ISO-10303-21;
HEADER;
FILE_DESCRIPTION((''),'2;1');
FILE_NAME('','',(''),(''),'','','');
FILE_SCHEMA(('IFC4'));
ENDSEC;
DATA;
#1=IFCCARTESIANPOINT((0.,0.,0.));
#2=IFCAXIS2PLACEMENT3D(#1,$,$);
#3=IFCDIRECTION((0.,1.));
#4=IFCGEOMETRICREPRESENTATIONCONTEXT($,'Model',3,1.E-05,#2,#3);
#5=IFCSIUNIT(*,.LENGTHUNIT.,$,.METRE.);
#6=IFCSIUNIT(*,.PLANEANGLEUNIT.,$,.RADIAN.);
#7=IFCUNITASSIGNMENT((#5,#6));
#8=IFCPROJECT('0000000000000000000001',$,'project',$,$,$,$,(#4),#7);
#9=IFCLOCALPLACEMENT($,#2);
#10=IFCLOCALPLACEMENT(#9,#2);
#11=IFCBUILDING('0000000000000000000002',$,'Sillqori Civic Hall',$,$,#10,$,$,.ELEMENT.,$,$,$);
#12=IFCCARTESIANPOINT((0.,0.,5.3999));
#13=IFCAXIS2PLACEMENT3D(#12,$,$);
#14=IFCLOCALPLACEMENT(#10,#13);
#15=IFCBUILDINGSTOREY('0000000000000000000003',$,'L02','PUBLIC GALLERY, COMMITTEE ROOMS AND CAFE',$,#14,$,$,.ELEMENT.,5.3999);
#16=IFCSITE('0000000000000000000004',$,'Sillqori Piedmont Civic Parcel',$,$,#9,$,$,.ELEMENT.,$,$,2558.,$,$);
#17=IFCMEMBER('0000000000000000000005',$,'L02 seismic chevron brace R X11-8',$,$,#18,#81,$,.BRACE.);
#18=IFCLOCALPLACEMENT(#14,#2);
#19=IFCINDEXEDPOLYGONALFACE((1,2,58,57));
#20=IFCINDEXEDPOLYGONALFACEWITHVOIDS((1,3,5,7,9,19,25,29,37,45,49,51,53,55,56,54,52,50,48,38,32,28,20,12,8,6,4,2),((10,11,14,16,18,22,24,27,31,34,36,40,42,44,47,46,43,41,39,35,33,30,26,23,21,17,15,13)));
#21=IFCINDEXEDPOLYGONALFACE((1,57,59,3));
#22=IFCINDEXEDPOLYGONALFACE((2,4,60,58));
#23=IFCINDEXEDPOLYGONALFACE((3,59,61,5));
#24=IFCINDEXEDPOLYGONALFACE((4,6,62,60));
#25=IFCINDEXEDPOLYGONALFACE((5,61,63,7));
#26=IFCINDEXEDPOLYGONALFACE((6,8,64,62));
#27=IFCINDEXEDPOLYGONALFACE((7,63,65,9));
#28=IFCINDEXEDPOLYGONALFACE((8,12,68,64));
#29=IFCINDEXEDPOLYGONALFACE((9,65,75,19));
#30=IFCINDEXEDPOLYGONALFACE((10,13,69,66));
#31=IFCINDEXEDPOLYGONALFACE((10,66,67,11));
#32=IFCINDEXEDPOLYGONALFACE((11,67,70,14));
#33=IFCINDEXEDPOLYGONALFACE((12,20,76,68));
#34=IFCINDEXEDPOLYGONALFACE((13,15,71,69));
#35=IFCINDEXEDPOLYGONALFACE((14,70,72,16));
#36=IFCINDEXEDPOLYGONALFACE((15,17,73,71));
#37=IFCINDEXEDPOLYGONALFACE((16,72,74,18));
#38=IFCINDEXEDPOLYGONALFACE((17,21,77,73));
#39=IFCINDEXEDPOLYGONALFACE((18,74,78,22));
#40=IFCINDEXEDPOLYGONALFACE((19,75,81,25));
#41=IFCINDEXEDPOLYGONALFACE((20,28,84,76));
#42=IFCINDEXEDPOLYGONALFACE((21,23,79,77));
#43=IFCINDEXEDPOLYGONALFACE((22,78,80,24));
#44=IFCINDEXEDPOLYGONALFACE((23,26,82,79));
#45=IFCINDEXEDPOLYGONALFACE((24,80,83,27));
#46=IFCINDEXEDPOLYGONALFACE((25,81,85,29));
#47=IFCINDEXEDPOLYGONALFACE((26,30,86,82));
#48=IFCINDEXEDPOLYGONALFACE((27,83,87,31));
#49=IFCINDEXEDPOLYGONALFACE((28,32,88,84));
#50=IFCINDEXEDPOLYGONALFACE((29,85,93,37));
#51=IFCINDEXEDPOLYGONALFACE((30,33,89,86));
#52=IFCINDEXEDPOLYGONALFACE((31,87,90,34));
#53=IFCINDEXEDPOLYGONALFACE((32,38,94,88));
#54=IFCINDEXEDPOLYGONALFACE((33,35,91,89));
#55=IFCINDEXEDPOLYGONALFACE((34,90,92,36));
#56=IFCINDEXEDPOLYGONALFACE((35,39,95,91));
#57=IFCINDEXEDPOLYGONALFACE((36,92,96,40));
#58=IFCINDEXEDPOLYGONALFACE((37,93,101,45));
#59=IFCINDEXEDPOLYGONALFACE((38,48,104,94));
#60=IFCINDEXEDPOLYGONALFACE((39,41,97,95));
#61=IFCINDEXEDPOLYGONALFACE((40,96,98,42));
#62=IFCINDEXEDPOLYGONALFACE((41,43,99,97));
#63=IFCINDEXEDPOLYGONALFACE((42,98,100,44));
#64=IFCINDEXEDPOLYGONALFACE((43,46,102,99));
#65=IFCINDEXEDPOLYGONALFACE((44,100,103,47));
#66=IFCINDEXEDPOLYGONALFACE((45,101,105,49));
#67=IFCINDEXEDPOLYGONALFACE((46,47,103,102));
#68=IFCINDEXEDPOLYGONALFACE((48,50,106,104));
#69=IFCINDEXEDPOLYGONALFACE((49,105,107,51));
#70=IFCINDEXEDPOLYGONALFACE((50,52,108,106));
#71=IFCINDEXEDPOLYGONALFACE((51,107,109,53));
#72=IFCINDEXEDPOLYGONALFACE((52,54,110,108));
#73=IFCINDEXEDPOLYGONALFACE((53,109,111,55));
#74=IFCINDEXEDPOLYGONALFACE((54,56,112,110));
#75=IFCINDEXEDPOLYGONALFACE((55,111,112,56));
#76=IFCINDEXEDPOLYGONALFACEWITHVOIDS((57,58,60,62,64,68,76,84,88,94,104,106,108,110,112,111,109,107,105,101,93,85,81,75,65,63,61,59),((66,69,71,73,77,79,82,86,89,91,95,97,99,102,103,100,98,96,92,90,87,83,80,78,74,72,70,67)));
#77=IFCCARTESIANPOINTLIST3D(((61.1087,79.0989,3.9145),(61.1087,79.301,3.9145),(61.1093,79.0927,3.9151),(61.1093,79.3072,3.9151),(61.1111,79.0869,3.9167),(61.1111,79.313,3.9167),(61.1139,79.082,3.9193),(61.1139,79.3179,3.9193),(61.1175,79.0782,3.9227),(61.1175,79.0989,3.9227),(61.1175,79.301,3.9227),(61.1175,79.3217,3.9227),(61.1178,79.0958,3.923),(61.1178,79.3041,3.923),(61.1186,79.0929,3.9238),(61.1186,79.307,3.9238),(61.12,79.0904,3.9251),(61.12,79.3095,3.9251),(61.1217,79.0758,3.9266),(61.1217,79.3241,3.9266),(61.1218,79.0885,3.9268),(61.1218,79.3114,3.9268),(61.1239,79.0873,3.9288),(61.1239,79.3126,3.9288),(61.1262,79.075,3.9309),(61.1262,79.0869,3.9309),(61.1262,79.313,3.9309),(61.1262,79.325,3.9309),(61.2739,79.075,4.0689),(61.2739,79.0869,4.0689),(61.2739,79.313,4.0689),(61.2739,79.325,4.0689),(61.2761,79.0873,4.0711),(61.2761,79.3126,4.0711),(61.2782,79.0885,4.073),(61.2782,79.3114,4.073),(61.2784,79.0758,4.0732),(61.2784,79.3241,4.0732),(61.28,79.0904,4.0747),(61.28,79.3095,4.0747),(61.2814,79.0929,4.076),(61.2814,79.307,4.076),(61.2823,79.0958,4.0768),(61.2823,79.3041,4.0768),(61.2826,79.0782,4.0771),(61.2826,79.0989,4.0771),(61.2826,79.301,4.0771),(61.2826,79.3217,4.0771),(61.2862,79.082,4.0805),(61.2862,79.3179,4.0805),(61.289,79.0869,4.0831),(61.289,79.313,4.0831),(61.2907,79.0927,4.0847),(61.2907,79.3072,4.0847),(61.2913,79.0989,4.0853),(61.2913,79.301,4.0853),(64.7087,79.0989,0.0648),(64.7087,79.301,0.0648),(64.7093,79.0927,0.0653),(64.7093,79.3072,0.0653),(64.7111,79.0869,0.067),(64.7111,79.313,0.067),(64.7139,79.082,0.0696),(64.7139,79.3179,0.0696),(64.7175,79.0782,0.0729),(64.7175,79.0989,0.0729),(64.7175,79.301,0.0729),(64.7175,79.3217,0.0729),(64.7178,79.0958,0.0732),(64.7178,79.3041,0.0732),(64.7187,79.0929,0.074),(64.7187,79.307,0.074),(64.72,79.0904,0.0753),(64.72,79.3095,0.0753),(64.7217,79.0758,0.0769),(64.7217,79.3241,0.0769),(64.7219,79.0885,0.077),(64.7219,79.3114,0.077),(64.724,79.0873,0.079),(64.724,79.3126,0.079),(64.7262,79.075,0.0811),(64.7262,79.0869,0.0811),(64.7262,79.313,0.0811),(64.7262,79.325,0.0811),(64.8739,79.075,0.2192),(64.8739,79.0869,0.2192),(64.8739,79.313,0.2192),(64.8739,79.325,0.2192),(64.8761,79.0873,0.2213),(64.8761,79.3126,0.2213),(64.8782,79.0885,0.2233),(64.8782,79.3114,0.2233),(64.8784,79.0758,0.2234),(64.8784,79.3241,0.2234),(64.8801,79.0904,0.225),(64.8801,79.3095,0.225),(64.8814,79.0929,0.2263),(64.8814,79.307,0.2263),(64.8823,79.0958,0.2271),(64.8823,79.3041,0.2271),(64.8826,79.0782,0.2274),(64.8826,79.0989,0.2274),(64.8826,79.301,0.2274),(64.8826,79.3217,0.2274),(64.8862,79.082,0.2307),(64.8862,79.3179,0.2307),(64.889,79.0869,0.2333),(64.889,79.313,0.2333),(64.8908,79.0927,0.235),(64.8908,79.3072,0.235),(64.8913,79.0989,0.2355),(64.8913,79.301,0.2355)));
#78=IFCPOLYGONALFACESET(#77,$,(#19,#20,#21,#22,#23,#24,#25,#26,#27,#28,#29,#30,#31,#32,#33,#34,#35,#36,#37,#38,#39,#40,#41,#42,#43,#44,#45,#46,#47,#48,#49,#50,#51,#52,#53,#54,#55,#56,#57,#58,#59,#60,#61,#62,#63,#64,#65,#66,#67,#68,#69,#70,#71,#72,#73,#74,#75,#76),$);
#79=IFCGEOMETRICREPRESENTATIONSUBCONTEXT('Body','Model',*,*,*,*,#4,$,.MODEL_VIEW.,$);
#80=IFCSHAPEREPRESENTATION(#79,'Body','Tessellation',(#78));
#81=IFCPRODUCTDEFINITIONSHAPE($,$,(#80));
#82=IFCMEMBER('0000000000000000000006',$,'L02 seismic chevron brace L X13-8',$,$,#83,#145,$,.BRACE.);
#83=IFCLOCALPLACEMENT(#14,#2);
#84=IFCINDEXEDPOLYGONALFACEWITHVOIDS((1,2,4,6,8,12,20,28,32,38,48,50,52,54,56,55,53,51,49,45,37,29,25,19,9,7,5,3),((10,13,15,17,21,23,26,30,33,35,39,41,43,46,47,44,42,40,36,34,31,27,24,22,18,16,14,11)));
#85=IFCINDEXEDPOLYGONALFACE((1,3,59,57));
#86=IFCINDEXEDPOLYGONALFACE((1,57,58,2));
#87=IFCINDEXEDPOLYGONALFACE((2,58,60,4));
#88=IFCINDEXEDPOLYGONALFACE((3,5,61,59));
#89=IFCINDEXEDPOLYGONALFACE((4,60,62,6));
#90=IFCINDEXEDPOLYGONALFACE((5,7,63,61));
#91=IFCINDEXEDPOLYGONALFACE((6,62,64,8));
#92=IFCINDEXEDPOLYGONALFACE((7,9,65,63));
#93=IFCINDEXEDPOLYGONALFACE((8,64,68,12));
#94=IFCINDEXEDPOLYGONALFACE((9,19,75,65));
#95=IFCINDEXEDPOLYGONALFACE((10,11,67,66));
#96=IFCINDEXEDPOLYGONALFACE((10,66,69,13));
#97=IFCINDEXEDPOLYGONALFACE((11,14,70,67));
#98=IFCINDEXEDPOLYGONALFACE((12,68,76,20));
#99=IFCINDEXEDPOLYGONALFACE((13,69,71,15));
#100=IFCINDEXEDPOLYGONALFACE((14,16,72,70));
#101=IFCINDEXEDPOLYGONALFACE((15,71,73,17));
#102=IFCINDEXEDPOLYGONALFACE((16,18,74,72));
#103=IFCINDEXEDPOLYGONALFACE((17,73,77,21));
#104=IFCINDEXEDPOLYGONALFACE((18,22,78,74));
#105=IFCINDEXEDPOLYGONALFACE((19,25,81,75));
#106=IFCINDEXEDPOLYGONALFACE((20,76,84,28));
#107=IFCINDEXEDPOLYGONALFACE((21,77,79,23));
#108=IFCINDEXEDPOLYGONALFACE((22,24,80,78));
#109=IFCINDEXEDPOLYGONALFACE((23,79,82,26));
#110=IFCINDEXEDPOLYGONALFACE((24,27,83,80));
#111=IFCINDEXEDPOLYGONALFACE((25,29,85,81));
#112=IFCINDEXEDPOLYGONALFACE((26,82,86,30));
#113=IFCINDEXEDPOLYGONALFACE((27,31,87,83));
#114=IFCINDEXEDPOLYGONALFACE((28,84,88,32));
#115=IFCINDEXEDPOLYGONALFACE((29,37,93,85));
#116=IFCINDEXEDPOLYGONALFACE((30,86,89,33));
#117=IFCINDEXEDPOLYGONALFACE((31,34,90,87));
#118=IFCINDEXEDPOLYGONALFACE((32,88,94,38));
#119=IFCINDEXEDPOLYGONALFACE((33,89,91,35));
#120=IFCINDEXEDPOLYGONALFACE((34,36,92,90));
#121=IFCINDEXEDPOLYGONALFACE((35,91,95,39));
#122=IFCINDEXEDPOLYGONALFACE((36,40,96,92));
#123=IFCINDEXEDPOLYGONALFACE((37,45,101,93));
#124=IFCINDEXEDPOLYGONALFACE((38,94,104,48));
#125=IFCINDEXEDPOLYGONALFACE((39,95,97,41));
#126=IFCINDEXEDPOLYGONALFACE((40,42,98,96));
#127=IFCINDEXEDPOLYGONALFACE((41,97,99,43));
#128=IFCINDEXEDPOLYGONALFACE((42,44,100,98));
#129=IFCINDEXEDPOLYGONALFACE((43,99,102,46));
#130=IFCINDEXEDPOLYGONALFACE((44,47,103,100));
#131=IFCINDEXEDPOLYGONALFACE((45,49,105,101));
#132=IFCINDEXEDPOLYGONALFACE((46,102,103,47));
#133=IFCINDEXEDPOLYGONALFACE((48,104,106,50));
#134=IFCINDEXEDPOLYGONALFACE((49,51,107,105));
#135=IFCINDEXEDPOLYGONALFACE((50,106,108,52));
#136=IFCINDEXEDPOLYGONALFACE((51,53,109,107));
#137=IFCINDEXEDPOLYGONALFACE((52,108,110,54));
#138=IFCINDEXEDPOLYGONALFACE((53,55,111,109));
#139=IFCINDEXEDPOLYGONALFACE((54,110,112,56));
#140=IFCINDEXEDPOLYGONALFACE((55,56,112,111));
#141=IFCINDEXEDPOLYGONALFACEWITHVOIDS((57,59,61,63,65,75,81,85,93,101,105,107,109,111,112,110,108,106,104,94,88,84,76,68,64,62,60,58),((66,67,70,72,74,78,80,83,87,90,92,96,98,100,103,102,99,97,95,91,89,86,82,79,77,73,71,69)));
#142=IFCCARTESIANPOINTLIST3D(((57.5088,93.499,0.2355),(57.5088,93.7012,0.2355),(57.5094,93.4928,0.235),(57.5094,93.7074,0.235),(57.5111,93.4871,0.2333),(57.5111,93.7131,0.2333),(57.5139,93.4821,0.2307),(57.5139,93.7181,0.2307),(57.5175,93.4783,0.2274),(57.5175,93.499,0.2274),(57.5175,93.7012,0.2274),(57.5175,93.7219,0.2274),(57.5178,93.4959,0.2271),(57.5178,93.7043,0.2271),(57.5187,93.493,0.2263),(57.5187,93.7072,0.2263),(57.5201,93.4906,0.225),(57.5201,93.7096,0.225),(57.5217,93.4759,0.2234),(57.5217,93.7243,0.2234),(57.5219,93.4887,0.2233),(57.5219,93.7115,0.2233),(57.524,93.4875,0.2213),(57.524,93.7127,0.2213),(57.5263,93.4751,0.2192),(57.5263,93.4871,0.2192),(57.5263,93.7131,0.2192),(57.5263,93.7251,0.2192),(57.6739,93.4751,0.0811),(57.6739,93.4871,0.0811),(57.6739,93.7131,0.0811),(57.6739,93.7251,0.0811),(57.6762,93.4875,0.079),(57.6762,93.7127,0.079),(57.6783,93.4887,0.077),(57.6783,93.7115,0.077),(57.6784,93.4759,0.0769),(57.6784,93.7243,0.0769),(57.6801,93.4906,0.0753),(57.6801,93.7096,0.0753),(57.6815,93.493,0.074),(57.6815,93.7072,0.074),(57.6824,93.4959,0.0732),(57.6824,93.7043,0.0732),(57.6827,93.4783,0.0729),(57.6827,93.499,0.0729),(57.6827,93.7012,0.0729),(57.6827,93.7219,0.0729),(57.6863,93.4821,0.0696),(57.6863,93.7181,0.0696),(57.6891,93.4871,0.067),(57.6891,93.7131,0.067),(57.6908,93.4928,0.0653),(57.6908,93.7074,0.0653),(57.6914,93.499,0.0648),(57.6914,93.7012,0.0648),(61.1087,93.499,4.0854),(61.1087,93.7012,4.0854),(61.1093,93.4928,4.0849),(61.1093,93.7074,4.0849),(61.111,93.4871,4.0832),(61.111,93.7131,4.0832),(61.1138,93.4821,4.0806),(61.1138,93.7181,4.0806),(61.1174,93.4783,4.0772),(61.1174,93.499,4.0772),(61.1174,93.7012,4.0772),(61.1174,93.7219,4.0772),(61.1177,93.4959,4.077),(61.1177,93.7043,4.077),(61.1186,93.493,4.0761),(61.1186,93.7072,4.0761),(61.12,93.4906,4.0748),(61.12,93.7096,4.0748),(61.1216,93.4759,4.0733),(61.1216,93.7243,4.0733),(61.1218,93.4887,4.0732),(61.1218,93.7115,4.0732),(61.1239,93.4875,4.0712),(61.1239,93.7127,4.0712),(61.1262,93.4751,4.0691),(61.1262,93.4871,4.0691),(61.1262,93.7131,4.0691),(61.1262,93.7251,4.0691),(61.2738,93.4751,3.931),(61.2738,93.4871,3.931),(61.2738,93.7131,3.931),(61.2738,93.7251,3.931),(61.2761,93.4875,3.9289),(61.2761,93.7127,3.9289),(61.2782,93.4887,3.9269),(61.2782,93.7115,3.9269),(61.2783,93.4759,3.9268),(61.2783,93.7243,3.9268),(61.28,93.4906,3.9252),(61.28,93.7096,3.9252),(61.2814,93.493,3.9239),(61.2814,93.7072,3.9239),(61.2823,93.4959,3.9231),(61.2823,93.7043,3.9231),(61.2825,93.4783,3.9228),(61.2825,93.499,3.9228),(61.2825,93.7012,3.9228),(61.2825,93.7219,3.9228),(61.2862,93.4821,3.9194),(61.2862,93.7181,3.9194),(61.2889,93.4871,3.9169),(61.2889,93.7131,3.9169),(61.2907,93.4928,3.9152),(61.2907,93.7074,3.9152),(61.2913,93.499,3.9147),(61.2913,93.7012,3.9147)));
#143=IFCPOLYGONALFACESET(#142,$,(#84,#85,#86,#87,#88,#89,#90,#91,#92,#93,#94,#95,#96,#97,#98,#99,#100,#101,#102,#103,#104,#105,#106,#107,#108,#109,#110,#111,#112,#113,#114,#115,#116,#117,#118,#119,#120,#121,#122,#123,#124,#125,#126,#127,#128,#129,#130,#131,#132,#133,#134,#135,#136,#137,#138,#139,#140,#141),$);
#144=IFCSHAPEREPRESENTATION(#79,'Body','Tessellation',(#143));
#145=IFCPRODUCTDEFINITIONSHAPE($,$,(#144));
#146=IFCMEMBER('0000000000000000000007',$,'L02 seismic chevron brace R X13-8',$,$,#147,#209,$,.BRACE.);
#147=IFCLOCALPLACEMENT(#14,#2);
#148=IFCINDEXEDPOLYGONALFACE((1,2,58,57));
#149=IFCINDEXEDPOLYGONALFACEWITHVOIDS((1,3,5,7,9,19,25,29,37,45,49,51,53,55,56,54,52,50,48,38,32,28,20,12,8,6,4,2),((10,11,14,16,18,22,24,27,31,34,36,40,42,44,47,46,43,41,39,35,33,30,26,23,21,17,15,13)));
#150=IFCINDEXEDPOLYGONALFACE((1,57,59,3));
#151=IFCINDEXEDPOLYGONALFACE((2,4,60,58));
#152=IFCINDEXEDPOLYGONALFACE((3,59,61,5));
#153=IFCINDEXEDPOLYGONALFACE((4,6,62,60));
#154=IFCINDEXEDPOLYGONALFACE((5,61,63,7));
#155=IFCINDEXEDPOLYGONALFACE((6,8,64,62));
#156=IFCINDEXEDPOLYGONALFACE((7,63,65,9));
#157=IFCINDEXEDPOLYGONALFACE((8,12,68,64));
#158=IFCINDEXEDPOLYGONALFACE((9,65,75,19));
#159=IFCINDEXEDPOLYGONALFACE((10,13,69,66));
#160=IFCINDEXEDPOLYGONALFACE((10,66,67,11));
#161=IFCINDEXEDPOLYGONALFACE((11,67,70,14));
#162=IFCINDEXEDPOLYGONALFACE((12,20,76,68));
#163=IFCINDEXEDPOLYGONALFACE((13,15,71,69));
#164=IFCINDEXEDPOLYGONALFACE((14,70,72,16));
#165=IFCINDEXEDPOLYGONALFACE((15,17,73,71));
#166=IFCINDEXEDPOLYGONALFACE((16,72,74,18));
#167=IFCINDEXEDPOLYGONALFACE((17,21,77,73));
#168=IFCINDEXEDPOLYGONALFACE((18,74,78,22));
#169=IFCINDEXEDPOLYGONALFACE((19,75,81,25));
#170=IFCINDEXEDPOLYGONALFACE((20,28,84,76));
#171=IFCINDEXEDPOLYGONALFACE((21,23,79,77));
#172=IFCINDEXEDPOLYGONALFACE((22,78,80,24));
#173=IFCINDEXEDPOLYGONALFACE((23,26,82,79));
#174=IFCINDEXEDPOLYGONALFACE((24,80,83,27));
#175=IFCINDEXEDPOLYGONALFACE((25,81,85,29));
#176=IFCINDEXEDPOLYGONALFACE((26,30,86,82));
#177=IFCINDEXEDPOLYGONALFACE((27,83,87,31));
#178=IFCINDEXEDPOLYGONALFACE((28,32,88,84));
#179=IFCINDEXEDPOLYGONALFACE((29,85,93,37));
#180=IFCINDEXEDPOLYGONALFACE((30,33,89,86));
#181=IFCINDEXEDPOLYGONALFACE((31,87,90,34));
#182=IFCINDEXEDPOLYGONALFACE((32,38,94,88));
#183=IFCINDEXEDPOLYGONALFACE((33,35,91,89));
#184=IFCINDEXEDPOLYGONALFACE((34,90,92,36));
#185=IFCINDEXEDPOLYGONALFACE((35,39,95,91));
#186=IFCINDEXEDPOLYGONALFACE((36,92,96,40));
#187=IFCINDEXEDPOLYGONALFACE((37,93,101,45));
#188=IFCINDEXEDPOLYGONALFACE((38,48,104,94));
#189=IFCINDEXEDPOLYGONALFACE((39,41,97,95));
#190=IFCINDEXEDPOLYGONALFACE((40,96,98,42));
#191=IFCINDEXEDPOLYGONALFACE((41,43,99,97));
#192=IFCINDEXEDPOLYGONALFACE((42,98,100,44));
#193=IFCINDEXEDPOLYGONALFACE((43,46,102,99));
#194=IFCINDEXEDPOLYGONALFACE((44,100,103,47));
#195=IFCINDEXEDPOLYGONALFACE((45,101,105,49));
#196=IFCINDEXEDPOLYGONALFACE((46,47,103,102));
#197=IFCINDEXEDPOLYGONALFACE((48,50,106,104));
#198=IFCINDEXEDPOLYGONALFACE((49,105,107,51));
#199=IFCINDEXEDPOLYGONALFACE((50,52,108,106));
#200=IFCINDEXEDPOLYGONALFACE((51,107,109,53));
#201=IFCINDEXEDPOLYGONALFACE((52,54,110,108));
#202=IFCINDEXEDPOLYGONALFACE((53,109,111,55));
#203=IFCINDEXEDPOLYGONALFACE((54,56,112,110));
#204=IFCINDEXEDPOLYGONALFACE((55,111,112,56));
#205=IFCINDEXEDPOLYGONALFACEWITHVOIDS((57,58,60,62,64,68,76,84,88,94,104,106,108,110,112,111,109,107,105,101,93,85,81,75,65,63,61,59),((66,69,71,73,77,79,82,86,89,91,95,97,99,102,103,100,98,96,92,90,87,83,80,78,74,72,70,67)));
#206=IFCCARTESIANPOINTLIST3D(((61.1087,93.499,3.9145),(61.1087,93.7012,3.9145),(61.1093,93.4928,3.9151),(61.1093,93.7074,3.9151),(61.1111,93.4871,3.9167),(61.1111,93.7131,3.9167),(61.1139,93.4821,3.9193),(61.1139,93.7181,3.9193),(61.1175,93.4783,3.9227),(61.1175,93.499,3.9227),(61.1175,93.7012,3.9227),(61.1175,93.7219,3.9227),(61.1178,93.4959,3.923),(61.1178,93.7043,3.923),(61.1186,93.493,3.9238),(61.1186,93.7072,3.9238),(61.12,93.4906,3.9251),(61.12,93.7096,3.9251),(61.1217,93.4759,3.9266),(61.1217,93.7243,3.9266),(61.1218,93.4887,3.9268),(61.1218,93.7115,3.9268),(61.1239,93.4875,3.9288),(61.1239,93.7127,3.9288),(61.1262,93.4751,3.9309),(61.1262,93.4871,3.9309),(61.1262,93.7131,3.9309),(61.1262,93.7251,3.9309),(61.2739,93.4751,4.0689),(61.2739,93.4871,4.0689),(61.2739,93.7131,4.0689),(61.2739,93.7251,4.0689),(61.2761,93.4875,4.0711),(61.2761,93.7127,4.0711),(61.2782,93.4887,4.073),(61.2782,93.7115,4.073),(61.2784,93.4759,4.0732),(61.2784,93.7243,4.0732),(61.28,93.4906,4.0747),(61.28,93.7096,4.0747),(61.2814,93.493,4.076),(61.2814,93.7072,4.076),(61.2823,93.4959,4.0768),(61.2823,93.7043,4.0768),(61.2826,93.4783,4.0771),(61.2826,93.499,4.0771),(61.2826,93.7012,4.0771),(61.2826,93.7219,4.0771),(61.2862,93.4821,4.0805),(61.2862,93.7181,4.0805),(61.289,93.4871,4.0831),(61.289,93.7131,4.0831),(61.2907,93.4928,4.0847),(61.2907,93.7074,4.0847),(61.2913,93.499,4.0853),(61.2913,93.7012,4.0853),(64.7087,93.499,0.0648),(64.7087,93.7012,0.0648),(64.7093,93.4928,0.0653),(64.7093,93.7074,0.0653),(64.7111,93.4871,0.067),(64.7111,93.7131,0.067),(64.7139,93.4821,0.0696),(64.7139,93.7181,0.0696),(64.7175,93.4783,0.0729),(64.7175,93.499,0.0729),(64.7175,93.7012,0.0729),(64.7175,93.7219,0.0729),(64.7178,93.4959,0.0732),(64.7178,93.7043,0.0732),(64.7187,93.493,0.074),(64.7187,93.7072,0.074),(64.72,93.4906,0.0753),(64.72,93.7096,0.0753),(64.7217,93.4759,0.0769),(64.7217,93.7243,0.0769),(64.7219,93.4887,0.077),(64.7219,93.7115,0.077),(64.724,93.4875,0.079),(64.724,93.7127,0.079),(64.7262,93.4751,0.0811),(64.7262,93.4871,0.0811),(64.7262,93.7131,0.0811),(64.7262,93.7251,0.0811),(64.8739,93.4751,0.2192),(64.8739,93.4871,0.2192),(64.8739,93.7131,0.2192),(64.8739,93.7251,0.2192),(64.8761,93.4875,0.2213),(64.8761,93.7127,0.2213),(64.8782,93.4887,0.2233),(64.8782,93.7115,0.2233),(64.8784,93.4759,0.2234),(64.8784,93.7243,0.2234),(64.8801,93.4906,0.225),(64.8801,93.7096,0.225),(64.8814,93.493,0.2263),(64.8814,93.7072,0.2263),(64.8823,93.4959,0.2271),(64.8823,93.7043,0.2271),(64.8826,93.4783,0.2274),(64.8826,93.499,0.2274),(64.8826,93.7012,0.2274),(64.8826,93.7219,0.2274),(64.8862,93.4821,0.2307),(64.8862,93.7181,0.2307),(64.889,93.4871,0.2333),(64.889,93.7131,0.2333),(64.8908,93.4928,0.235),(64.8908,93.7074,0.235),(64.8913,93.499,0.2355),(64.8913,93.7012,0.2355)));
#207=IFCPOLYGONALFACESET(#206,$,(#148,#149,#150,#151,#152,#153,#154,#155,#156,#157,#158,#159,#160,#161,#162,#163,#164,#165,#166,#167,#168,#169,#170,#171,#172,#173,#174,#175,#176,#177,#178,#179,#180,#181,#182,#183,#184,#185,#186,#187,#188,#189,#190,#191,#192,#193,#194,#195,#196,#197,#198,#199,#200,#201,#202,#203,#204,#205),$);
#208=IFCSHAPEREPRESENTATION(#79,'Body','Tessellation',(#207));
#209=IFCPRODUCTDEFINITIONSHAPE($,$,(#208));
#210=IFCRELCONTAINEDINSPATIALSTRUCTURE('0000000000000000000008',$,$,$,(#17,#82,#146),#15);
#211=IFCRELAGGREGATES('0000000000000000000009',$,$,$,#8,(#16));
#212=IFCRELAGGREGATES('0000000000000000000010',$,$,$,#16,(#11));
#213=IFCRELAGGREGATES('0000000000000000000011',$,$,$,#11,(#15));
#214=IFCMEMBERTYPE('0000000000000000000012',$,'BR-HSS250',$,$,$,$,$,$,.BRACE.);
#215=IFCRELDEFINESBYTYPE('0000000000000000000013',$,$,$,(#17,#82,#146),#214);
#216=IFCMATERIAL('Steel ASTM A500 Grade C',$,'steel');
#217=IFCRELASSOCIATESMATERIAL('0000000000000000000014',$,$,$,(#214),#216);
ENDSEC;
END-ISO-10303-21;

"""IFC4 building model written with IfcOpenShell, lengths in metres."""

from ifc_helpers import new_model, si_unit, direction, frame, origin, origin_2d, place, context, subcontext, project, spatial, hollow_rectangle, extrude, material, material_profile, profile_set, type_object, element, save


model = new_model("IFC4")

# Units and contexts
model_context = context("Model", 3, precision=1e-05, world=origin(), true_north=direction((0.0, 1.0)))
body_context = subcontext(model_context, "Body", "Model", "MODEL_VIEW")
ifc_project = project(units=[si_unit("LENGTHUNIT", "METRE"), si_unit("PLANEANGLEUNIT", "RADIAN")], contexts=[model_context])

# Site, building, storey
site_placement = place(None, origin())
site = spatial("IfcSite", under=ifc_project, at=site_placement, Name="Sillqori Piedmont Civic Parcel", CompositionType="ELEMENT", RefElevation=2558.0)
building_placement = place(site_placement, origin())
building = spatial("IfcBuilding", under=site, at=building_placement, Name="Sillqori Civic Hall", CompositionType="ELEMENT")
storey_placement = place(building_placement, frame((0.0, 0.0, 5.3999)))
storey = spatial("IfcBuildingStorey", under=building, at=storey_placement, Name="L02", Description="PUBLIC GALLERY, COMMITTEE ROOMS AND CAFE", CompositionType="ELEMENT", Elevation=5.3999)

# Members
ifc_material_1 = material(Name="Steel ASTM A500 Grade C", Category="steel")
ifc_material_profile_1 = material_profile(ifc_material_1, hollow_rectangle(XDim=0.25, YDim=0.25, WallThickness=0.012, InnerFilletRadius=0.012, OuterFilletRadius=0.0239, at=origin_2d()), Name="HSS250X250X12")
ifc_profile_set_1 = profile_set([ifc_material_profile_1], Name="Steel ASTM A500 Grade C")
member_type = type_object("IfcMemberType", Name="BR-HSS250", PredefinedType="BRACE", material=ifc_profile_set_1)
for number, where, z_axis, x_axis, name in (
    (1, (64.8, 79.2, 0.1501), (-0.683018, 0.0, 0.730402), (0.0, -1.0, 0.0), "L02 seismic chevron brace R X11-8"),
    (2, (57.6001, 93.6001, 0.1501), (0.682993, 0.0, 0.730425), (0.0, 1.0, 0.0), "L02 seismic chevron brace L X13-8"),
    (3, (64.8, 93.6001, 0.1501), (-0.683018, 0.0, 0.730402), (0.0, -1.0, 0.0), "L02 seismic chevron brace R X13-8"),
):
    element("IfcMember", number, at=place(storey_placement, frame(where, z_axis=z_axis, x_axis=x_axis)), inside=storey, type_object=member_type, Name=name, PredefinedType="BRACE", context=body_context, shape_type="SweptSolid", body=[
        extrude(hollow_rectangle(XDim=0.25, YDim=0.25, WallThickness=0.012, InnerFilletRadius=0.012, OuterFilletRadius=0.0239, at=origin_2d()), origin(), (0.0, 0.0, 1.0), 5.2708),
    ])

save(model, "model.ifc")
